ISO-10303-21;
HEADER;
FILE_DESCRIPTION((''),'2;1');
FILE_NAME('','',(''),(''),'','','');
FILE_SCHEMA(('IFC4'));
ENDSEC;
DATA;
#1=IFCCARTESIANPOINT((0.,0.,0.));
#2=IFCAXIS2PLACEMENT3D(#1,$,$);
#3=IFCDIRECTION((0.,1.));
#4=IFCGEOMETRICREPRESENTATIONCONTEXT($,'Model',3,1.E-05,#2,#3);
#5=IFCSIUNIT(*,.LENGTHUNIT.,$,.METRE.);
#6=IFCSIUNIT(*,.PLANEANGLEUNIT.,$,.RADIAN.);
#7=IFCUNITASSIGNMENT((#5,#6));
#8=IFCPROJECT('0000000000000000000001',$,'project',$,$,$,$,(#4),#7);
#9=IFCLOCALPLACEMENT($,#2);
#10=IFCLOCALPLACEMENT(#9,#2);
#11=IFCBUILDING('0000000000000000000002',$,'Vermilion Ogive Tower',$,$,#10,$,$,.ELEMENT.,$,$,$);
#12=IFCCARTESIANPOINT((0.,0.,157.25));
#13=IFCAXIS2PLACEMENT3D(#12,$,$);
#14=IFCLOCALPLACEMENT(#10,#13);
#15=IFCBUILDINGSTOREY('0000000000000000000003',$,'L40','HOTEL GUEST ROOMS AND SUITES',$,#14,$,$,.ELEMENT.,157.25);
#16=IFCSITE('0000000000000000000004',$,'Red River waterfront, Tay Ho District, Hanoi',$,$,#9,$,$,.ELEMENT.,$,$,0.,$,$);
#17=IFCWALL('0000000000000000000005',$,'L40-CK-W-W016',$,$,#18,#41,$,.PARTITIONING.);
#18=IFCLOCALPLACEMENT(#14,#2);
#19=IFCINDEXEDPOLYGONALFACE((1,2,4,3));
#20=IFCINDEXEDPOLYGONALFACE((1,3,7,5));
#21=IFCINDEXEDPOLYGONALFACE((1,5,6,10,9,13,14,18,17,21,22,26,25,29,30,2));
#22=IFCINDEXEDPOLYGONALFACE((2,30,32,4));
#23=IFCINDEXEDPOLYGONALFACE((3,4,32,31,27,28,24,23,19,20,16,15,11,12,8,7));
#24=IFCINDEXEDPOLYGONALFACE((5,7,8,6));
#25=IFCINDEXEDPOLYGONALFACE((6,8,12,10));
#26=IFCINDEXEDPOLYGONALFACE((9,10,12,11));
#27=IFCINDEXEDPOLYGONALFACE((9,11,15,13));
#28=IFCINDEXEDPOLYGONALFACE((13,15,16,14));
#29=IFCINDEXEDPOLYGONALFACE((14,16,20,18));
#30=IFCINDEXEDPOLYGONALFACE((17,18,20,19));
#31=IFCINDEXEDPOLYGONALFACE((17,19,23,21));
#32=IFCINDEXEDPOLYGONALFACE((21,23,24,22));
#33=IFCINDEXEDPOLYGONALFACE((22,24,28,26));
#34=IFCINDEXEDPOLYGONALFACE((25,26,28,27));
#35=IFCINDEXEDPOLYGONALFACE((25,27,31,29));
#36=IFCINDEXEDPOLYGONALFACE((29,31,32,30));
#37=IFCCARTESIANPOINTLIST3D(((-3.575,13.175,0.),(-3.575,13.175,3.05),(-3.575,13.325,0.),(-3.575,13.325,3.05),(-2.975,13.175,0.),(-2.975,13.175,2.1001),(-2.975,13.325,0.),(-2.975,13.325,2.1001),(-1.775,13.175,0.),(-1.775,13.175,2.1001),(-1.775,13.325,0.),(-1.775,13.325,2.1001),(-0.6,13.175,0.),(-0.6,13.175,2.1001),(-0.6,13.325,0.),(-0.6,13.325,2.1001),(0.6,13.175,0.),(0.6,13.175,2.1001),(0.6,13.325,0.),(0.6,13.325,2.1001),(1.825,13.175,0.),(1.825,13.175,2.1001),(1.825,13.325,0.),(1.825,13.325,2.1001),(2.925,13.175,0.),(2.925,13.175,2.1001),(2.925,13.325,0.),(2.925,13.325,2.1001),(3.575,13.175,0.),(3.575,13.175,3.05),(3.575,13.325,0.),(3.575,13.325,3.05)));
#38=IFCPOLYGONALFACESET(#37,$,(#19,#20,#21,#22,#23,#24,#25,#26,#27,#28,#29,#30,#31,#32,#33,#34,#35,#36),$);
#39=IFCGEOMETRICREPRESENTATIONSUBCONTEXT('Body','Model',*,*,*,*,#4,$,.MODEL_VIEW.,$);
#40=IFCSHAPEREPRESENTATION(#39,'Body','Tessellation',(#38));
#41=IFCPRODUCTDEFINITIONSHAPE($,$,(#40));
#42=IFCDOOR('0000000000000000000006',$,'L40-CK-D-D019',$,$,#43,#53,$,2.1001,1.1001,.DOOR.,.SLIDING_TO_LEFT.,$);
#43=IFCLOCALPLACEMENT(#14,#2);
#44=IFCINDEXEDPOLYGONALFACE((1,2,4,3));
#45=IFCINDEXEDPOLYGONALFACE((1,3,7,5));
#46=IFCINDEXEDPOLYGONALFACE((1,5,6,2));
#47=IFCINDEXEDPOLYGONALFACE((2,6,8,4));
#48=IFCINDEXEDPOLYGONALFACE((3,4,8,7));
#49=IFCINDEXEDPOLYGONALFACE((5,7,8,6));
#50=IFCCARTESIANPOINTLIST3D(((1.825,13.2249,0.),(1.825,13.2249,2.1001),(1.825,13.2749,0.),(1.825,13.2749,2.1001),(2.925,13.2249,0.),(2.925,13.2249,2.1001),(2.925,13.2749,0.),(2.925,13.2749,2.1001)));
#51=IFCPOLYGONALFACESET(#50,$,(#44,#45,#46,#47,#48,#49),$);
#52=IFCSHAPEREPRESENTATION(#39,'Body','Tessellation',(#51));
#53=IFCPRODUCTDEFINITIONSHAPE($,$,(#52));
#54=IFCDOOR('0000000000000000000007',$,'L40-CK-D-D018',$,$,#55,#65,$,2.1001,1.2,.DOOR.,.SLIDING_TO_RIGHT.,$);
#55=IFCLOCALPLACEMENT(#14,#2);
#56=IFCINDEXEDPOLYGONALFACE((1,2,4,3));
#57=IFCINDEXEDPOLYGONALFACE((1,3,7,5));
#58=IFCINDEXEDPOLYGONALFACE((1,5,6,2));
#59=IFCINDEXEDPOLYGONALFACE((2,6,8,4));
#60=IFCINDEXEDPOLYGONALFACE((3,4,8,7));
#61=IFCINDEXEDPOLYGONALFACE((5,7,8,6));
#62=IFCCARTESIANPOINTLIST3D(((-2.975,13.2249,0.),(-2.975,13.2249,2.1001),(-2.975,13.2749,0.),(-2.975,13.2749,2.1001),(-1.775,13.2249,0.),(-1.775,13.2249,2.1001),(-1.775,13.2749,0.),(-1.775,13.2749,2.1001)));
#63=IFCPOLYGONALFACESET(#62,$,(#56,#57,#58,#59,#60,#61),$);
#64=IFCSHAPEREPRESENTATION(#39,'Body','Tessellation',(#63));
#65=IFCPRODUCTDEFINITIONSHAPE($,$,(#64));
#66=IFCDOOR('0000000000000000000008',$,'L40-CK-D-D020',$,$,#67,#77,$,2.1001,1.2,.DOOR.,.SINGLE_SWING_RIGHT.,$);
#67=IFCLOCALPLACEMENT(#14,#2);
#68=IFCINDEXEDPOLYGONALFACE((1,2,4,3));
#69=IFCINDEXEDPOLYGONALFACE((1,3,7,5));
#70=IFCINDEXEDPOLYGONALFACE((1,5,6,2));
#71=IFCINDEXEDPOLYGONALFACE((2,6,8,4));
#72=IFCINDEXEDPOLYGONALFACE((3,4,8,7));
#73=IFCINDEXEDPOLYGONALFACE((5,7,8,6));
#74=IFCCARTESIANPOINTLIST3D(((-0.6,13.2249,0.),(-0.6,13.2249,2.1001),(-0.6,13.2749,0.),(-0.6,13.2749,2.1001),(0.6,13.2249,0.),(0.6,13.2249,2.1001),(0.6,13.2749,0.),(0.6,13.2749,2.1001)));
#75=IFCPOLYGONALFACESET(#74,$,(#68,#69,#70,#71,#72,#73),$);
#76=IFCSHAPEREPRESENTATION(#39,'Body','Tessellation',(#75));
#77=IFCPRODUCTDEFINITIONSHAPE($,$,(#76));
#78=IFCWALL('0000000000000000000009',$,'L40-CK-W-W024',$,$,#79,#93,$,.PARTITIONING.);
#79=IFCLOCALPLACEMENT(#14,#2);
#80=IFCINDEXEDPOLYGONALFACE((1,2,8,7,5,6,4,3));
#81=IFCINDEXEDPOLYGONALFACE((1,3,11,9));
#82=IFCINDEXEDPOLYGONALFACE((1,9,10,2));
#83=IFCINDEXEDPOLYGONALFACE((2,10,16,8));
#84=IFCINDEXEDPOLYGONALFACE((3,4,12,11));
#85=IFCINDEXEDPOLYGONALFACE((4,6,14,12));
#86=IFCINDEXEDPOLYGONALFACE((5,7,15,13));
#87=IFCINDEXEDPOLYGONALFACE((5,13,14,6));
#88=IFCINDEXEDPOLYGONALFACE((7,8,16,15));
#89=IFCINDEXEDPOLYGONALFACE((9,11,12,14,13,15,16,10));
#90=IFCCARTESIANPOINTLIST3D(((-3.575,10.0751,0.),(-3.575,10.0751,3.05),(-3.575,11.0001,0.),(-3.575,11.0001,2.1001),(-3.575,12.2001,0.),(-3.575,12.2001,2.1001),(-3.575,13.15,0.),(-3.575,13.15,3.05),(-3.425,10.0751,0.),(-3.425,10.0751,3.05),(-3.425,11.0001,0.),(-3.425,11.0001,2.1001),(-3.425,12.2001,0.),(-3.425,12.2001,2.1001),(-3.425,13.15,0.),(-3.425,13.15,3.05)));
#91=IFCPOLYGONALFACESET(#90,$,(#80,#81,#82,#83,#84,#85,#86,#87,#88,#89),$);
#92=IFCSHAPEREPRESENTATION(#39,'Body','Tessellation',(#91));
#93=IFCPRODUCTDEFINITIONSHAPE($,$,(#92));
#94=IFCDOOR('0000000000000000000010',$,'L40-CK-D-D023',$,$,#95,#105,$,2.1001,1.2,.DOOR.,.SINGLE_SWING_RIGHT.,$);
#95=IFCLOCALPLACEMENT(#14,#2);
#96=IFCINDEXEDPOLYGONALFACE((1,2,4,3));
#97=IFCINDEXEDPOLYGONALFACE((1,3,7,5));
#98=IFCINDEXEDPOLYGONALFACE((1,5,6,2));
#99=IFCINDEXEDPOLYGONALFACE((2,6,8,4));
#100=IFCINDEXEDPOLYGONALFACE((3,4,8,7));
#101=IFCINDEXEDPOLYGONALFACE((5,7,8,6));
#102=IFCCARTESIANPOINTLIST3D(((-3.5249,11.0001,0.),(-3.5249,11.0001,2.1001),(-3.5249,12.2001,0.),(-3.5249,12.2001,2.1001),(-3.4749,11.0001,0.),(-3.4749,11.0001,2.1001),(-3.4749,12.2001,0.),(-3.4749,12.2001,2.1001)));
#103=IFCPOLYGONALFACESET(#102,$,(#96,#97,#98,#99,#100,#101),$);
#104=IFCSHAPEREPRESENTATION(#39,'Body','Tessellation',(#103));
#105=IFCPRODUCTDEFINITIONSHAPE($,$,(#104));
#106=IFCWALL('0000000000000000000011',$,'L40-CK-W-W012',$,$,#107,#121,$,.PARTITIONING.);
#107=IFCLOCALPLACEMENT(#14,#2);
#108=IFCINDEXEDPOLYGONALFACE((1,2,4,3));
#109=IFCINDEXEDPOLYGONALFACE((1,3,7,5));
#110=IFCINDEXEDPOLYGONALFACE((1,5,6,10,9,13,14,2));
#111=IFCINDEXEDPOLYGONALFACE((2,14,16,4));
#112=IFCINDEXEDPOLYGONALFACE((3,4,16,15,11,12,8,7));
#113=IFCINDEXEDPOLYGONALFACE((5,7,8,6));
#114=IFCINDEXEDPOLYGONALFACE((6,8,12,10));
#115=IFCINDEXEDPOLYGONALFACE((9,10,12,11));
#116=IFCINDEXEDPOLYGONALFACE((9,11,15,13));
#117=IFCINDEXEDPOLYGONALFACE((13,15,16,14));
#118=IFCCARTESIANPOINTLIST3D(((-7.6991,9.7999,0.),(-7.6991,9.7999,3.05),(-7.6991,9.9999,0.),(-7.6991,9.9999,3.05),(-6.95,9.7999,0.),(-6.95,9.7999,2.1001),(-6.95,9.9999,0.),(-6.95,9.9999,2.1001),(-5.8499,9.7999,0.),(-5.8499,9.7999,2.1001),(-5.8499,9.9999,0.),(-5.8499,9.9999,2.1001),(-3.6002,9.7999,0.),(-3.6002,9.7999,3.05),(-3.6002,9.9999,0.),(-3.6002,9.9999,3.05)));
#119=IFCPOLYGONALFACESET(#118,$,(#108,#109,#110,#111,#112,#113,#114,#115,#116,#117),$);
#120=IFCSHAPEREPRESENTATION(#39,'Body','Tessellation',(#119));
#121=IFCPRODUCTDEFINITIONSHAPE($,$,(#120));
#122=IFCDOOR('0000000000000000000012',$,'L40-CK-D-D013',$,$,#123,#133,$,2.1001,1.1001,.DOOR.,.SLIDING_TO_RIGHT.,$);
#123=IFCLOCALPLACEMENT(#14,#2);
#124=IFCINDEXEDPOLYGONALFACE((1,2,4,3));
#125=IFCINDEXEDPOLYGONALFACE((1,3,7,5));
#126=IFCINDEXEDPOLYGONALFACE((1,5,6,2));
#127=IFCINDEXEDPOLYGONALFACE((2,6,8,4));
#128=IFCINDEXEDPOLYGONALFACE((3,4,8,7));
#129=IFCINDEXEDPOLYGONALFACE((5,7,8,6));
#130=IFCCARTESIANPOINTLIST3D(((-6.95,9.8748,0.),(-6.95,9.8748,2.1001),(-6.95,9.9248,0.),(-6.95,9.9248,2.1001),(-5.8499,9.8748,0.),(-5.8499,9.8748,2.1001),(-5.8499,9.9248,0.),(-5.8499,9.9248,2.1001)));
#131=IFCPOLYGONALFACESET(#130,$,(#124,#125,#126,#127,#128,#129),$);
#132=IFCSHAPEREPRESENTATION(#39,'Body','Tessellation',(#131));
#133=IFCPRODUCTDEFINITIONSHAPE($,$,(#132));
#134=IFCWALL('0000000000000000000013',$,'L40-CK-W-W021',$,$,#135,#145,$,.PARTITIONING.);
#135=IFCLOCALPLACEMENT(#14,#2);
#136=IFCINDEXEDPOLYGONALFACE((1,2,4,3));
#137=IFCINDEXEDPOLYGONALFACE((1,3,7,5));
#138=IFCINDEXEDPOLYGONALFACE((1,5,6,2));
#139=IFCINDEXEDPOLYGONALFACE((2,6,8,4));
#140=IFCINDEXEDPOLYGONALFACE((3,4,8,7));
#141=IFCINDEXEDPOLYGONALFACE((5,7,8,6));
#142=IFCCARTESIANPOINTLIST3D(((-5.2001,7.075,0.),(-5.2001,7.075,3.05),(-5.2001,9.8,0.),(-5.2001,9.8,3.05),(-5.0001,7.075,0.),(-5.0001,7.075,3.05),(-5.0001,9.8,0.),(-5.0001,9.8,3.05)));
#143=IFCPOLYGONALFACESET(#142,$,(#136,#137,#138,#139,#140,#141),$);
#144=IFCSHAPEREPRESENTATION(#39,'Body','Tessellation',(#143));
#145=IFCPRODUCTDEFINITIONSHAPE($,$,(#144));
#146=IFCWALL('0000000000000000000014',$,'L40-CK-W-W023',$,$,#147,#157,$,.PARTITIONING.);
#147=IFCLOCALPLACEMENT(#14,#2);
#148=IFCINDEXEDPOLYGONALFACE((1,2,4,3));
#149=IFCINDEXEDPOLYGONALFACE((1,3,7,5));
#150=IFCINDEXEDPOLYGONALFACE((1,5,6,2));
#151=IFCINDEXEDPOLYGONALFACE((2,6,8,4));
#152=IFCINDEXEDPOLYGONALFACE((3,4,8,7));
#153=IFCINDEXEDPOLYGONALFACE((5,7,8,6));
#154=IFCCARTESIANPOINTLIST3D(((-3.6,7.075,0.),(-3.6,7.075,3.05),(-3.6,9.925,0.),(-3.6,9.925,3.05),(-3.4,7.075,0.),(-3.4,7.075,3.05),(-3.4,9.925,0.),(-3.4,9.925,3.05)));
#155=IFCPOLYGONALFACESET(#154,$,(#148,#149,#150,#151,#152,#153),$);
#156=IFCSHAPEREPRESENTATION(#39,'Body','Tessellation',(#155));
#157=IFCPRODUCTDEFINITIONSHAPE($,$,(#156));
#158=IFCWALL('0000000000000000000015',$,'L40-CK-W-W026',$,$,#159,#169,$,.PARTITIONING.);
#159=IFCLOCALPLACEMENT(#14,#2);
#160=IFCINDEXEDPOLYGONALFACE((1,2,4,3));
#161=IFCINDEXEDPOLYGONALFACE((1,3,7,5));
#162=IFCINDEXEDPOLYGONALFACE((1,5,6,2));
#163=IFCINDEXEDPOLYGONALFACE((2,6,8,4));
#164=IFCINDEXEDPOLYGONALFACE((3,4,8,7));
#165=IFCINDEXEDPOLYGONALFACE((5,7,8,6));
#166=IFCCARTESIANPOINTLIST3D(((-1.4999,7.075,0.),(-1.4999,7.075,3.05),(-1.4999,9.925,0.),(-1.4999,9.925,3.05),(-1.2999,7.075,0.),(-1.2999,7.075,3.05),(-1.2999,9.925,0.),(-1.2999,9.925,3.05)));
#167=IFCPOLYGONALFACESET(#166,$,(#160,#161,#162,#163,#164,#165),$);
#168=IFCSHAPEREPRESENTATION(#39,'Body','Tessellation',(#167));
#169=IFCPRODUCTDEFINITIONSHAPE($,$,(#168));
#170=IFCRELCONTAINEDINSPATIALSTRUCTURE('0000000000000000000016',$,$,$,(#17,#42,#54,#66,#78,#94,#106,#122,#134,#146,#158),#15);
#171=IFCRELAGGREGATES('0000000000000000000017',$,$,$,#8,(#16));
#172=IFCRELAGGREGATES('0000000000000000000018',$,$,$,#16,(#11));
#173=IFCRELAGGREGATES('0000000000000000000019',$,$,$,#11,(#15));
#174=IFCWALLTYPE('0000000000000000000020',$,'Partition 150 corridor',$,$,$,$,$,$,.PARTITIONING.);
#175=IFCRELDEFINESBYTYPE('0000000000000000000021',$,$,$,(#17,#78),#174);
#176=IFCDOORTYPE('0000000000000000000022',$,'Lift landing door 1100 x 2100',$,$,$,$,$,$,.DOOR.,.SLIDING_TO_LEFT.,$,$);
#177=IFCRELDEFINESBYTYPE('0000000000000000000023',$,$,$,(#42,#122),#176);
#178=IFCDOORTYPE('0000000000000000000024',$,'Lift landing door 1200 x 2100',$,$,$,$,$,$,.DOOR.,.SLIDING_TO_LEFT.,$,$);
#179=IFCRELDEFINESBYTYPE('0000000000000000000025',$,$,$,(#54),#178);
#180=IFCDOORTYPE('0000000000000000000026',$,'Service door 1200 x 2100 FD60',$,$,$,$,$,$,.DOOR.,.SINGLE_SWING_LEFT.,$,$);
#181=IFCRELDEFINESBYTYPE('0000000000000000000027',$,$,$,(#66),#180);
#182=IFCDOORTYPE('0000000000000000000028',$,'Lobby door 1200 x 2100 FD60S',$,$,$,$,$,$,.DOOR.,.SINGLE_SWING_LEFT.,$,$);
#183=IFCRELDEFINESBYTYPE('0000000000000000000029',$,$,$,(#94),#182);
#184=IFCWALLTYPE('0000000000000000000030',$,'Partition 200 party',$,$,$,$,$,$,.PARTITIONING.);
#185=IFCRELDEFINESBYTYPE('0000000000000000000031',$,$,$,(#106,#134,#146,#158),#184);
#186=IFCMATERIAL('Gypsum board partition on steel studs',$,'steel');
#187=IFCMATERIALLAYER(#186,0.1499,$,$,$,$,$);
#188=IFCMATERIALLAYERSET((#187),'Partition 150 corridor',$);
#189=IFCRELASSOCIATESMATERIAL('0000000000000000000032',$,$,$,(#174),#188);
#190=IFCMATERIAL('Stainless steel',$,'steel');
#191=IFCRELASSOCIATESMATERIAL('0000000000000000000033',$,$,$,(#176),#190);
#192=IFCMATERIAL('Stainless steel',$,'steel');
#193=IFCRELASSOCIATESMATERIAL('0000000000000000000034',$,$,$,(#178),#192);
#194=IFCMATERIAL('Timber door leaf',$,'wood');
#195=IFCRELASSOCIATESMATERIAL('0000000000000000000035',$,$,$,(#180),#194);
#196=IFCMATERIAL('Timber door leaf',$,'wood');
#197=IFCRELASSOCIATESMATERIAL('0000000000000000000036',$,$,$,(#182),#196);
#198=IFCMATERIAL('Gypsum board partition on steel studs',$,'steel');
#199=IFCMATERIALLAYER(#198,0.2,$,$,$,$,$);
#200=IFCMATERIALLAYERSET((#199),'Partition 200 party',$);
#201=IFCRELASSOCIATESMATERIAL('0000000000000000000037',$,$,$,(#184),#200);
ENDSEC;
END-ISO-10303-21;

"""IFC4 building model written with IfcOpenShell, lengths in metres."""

from ifc_helpers import new_model, si_unit, direction, frame, frame_2d, origin, place, context, subcontext, project, spatial, rectangle, extrude, material, layer, layer_set, type_object, element, fill, save


model = new_model("IFC4")

# Units and contexts
model_context = context("Model", 3, precision=1e-05, world=origin(), true_north=direction((0.0, 1.0)))
body_context = subcontext(model_context, "Body", "Model", "MODEL_VIEW")
ifc_project = project(units=[si_unit("LENGTHUNIT", "METRE"), si_unit("PLANEANGLEUNIT", "RADIAN")], contexts=[model_context])

# Site, building, storey
site_placement = place(None, origin())
site = spatial("IfcSite", under=ifc_project, at=site_placement, Name="Red River waterfront, Tay Ho District, Hanoi", CompositionType="ELEMENT", RefElevation=0.0)
building_placement = place(site_placement, origin())
building = spatial("IfcBuilding", under=site, at=building_placement, Name="Vermilion Ogive Tower", CompositionType="ELEMENT")
storey_placement = place(building_placement, frame((0.0, 0.0, 157.25)))
storey = spatial("IfcBuildingStorey", under=building, at=storey_placement, Name="L40", Description="HOTEL GUEST ROOMS AND SUITES", CompositionType="ELEMENT", Elevation=157.25)

# Shared definitions
ifc_material_1 = material(Name="Gypsum board partition on steel studs", Category="steel")
ifc_layer_1 = layer(ifc_material_1, 0.1499)
ifc_layer_set_1 = layer_set([ifc_layer_1], Name="Partition 150 corridor")
wall_type_1 = type_object("IfcWallType", Name="Partition 150 corridor", PredefinedType="PARTITIONING", material=ifc_layer_set_1)

# Wall, openings, doors
wall_1_placement = place(storey_placement, frame((-3.575, 13.25, 0.0), z_axis=(0.0, 0.0, 1.0), x_axis=(1.0, 0.0, 0.0)))
wall_1 = element("IfcWall", 1, at=wall_1_placement, inside=storey, type_object=wall_type_1, Name="L40-CK-W-W016", PredefinedType="PARTITIONING", context=body_context, shape_type="SweptSolid", body=[
    extrude(rectangle(XDim=7.1499, YDim=0.1499, at=frame_2d((3.575, 0.0))), origin(), (0.0, 0.0, 1.0), 3.05),
])
opening_1_placement = place(wall_1_placement, frame((0.5999, 0.0, 0.0)))
opening_1 = element("IfcOpeningElement", 2, at=opening_1_placement, cuts=wall_1, PredefinedType="OPENING", context=body_context, shape_type="SweptSolid", body=[
    extrude(rectangle(XDim=1.2, YDim=2.1001, at=frame_2d((0.6001, 1.05))), frame((0.0, 0.085, 0.0), z_axis=(0.0, -1.0, 0.0), x_axis=(1.0, 0.0, 0.0)), (0.0, 0.0, 1.0), 0.1699),
])
opening_2_placement = place(wall_1_placement, frame((5.3999, 0.0, 0.0)))
opening_2 = element("IfcOpeningElement", 3, at=opening_2_placement, cuts=wall_1, PredefinedType="OPENING", context=body_context, shape_type="SweptSolid", body=[
    extrude(rectangle(XDim=1.1001, YDim=2.1001, at=frame_2d((0.55, 1.05))), frame((0.0, 0.085, 0.0), z_axis=(0.0, -1.0, 0.0), x_axis=(1.0, 0.0, 0.0)), (0.0, 0.0, 1.0), 0.1699),
])
opening_3_placement = place(wall_1_placement, frame((2.9749, 0.0, 0.0)))
opening_3 = element("IfcOpeningElement", 4, at=opening_3_placement, cuts=wall_1, PredefinedType="OPENING", context=body_context, shape_type="SweptSolid", body=[
    extrude(rectangle(XDim=1.2, YDim=2.1001, at=frame_2d((0.6001, 1.05))), frame((0.0, 0.085, 0.0), z_axis=(0.0, -1.0, 0.0), x_axis=(1.0, 0.0, 0.0)), (0.0, 0.0, 1.0), 0.1699),
])
ifc_material_2 = material(Name="Stainless steel", Category="steel")
door_type_1 = type_object("IfcDoorType", Name="Lift landing door 1100 x 2100", OperationType="SLIDING_TO_LEFT", PredefinedType="DOOR", material=ifc_material_2)
door_1_placement = place(opening_2_placement, origin())
door_1 = element("IfcDoor", 5, at=door_1_placement, inside=storey, type_object=door_type_1, Name="L40-CK-D-D019", OperationType="SLIDING_TO_LEFT", OverallHeight=2.1001, OverallWidth=1.1001, PredefinedType="DOOR", context=body_context, shape_type="SweptSolid", body=[
    extrude(rectangle(XDim=1.1001, YDim=2.1001, at=frame_2d((0.55, 1.05))), frame((0.0, 0.0249, 0.0), z_axis=(0.0, -1.0, 0.0), x_axis=(1.0, 0.0, 0.0)), (0.0, 0.0, 1.0), 0.05),
])
fill(opening_2, door_1)
ifc_material_3 = material(Name="Stainless steel", Category="steel")
door_type_2 = type_object("IfcDoorType", Name="Lift landing door 1200 x 2100", OperationType="SLIDING_TO_LEFT", PredefinedType="DOOR", material=ifc_material_3)
door_2_placement = place(opening_1_placement, origin())
door_2 = element("IfcDoor", 6, at=door_2_placement, inside=storey, type_object=door_type_2, Name="L40-CK-D-D018", OperationType="SLIDING_TO_RIGHT", OverallHeight=2.1001, OverallWidth=1.2, PredefinedType="DOOR", context=body_context, shape_type="SweptSolid", body=[
    extrude(rectangle(XDim=1.2, YDim=2.1001, at=frame_2d((0.6001, 1.05))), frame((0.0, 0.0249, 0.0), z_axis=(0.0, -1.0, 0.0), x_axis=(1.0, 0.0, 0.0)), (0.0, 0.0, 1.0), 0.05),
])
fill(opening_1, door_2)
ifc_material_4 = material(Name="Timber door leaf", Category="wood")
door_type_3 = type_object("IfcDoorType", Name="Service door 1200 x 2100 FD60", OperationType="SINGLE_SWING_LEFT", PredefinedType="DOOR", material=ifc_material_4)
door_3_placement = place(opening_3_placement, origin())
door_3 = element("IfcDoor", 7, at=door_3_placement, inside=storey, type_object=door_type_3, Name="L40-CK-D-D020", OperationType="SINGLE_SWING_RIGHT", OverallHeight=2.1001, OverallWidth=1.2, PredefinedType="DOOR", context=body_context, shape_type="SweptSolid", body=[
    extrude(rectangle(XDim=1.2, YDim=2.1001, at=frame_2d((0.6001, 1.05))), frame((0.0, 0.0249, 0.0), z_axis=(0.0, -1.0, 0.0), x_axis=(1.0, 0.0, 0.0)), (0.0, 0.0, 1.0), 0.05),
])
fill(opening_3, door_3)

# Walls, openings, doors
wall_2_placement = place(storey_placement, frame((-3.5, 10.075, 0.0), z_axis=(0.0, 0.0, 1.0), x_axis=(0.0, 1.0, 0.0)))
wall_2 = element("IfcWall", 8, at=wall_2_placement, inside=storey, type_object=wall_type_1, Name="L40-CK-W-W024", PredefinedType="PARTITIONING", context=body_context, shape_type="SweptSolid", body=[
    extrude(rectangle(XDim=3.075, YDim=0.1499, at=frame_2d((1.5376, 0.0))), origin(), (0.0, 0.0, 1.0), 3.05),
])
opening_4_placement = place(wall_2_placement, frame((0.925, 0.0, 0.0)))
opening_4 = element("IfcOpeningElement", 9, at=opening_4_placement, cuts=wall_2, PredefinedType="OPENING", context=body_context, shape_type="SweptSolid", body=[
    extrude(rectangle(XDim=1.2, YDim=2.1001, at=frame_2d((0.6001, 1.05))), frame((0.0, 0.085, 0.0), z_axis=(0.0, -1.0, 0.0), x_axis=(1.0, 0.0, 0.0)), (0.0, 0.0, 1.0), 0.1699),
])
ifc_material_5 = material(Name="Timber door leaf", Category="wood")
door_type_4 = type_object("IfcDoorType", Name="Lobby door 1200 x 2100 FD60S", OperationType="SINGLE_SWING_LEFT", PredefinedType="DOOR", material=ifc_material_5)
door_4_placement = place(opening_4_placement, origin())
door_4 = element("IfcDoor", 10, at=door_4_placement, inside=storey, type_object=door_type_4, Name="L40-CK-D-D023", OperationType="SINGLE_SWING_RIGHT", OverallHeight=2.1001, OverallWidth=1.2, PredefinedType="DOOR", context=body_context, shape_type="SweptSolid", body=[
    extrude(rectangle(XDim=1.2, YDim=2.1001, at=frame_2d((0.6001, 1.05))), frame((0.0, 0.0249, 0.0), z_axis=(0.0, -1.0, 0.0), x_axis=(1.0, 0.0, 0.0)), (0.0, 0.0, 1.0), 0.05),
])
fill(opening_4, door_4)
ifc_material_6 = material(Name="Gypsum board partition on steel studs", Category="steel")
ifc_layer_2 = layer(ifc_material_6, 0.2)
ifc_layer_set_2 = layer_set([ifc_layer_2], Name="Partition 200 party")
wall_type_2 = type_object("IfcWallType", Name="Partition 200 party", PredefinedType="PARTITIONING", material=ifc_layer_set_2)
wall_3_placement = place(storey_placement, frame((-7.699, 9.8999, 0.0), z_axis=(0.0, 0.0, 1.0), x_axis=(1.0, 0.0, 0.0)))
wall_3 = element("IfcWall", 11, at=wall_3_placement, inside=storey, type_object=wall_type_2, Name="L40-CK-W-W012", PredefinedType="PARTITIONING", context=body_context, shape_type="SweptSolid", body=[
    extrude(rectangle(XDim=4.0989, YDim=0.2, at=frame_2d((2.0493, 0.0))), origin(), (0.0, 0.0, 1.0), 3.05),
])
opening_5_placement = place(wall_3_placement, frame((0.749, 0.0, 0.0)))
opening_5 = element("IfcOpeningElement", 12, at=opening_5_placement, cuts=wall_3, PredefinedType="OPENING", context=body_context, shape_type="SweptSolid", body=[
    extrude(rectangle(XDim=1.1001, YDim=2.1001, at=frame_2d((0.55, 1.05))), frame((0.0, 0.1099, 0.0), z_axis=(0.0, -1.0, 0.0), x_axis=(1.0, 0.0, 0.0)), (0.0, 0.0, 1.0), 0.22),
])
door_5_placement = place(opening_5_placement, origin())
door_5 = element("IfcDoor", 13, at=door_5_placement, inside=storey, type_object=door_type_1, Name="L40-CK-D-D013", OperationType="SLIDING_TO_RIGHT", OverallHeight=2.1001, OverallWidth=1.1001, PredefinedType="DOOR", context=body_context, shape_type="SweptSolid", body=[
    extrude(rectangle(XDim=1.1001, YDim=2.1001, at=frame_2d((0.55, 1.05))), frame((0.0, 0.0249, 0.0), z_axis=(0.0, -1.0, 0.0), x_axis=(1.0, 0.0, 0.0)), (0.0, 0.0, 1.0), 0.05),
])
fill(opening_5, door_5)

# Walls
wall_4_placement = place(storey_placement, frame((-5.1001, 7.075, 0.0), z_axis=(0.0, 0.0, 1.0), x_axis=(0.0, 1.0, 0.0)))
element("IfcWall", 14, at=wall_4_placement, inside=storey, type_object=wall_type_2, Name="L40-CK-W-W021", PredefinedType="PARTITIONING", context=body_context, shape_type="SweptSolid", body=[
    extrude(rectangle(XDim=2.7251, YDim=0.2, at=frame_2d((1.3625, 0.0))), origin(), (0.0, 0.0, 1.0), 3.05),
])
for number, where, z_axis, x_axis, name in (
    (15, (-3.5, 7.075, 0.0), (0.0, 0.0, 1.0), (0.0, 1.0, 0.0), "L40-CK-W-W023"),
    (16, (-1.3999, 7.075, 0.0), (0.0, 0.0, 1.0), (0.0, 1.0, 0.0), "L40-CK-W-W026"),
):
    element("IfcWall", number, at=place(storey_placement, frame(where, z_axis=z_axis, x_axis=x_axis)), inside=storey, type_object=wall_type_2, Name=name, PredefinedType="PARTITIONING", context=body_context, shape_type="SweptSolid", body=[
        extrude(rectangle(XDim=2.8501, YDim=0.2, at=frame_2d((1.425, 0.0))), origin(), (0.0, 0.0, 1.0), 3.05),
    ])

save(model, "model.ifc")
